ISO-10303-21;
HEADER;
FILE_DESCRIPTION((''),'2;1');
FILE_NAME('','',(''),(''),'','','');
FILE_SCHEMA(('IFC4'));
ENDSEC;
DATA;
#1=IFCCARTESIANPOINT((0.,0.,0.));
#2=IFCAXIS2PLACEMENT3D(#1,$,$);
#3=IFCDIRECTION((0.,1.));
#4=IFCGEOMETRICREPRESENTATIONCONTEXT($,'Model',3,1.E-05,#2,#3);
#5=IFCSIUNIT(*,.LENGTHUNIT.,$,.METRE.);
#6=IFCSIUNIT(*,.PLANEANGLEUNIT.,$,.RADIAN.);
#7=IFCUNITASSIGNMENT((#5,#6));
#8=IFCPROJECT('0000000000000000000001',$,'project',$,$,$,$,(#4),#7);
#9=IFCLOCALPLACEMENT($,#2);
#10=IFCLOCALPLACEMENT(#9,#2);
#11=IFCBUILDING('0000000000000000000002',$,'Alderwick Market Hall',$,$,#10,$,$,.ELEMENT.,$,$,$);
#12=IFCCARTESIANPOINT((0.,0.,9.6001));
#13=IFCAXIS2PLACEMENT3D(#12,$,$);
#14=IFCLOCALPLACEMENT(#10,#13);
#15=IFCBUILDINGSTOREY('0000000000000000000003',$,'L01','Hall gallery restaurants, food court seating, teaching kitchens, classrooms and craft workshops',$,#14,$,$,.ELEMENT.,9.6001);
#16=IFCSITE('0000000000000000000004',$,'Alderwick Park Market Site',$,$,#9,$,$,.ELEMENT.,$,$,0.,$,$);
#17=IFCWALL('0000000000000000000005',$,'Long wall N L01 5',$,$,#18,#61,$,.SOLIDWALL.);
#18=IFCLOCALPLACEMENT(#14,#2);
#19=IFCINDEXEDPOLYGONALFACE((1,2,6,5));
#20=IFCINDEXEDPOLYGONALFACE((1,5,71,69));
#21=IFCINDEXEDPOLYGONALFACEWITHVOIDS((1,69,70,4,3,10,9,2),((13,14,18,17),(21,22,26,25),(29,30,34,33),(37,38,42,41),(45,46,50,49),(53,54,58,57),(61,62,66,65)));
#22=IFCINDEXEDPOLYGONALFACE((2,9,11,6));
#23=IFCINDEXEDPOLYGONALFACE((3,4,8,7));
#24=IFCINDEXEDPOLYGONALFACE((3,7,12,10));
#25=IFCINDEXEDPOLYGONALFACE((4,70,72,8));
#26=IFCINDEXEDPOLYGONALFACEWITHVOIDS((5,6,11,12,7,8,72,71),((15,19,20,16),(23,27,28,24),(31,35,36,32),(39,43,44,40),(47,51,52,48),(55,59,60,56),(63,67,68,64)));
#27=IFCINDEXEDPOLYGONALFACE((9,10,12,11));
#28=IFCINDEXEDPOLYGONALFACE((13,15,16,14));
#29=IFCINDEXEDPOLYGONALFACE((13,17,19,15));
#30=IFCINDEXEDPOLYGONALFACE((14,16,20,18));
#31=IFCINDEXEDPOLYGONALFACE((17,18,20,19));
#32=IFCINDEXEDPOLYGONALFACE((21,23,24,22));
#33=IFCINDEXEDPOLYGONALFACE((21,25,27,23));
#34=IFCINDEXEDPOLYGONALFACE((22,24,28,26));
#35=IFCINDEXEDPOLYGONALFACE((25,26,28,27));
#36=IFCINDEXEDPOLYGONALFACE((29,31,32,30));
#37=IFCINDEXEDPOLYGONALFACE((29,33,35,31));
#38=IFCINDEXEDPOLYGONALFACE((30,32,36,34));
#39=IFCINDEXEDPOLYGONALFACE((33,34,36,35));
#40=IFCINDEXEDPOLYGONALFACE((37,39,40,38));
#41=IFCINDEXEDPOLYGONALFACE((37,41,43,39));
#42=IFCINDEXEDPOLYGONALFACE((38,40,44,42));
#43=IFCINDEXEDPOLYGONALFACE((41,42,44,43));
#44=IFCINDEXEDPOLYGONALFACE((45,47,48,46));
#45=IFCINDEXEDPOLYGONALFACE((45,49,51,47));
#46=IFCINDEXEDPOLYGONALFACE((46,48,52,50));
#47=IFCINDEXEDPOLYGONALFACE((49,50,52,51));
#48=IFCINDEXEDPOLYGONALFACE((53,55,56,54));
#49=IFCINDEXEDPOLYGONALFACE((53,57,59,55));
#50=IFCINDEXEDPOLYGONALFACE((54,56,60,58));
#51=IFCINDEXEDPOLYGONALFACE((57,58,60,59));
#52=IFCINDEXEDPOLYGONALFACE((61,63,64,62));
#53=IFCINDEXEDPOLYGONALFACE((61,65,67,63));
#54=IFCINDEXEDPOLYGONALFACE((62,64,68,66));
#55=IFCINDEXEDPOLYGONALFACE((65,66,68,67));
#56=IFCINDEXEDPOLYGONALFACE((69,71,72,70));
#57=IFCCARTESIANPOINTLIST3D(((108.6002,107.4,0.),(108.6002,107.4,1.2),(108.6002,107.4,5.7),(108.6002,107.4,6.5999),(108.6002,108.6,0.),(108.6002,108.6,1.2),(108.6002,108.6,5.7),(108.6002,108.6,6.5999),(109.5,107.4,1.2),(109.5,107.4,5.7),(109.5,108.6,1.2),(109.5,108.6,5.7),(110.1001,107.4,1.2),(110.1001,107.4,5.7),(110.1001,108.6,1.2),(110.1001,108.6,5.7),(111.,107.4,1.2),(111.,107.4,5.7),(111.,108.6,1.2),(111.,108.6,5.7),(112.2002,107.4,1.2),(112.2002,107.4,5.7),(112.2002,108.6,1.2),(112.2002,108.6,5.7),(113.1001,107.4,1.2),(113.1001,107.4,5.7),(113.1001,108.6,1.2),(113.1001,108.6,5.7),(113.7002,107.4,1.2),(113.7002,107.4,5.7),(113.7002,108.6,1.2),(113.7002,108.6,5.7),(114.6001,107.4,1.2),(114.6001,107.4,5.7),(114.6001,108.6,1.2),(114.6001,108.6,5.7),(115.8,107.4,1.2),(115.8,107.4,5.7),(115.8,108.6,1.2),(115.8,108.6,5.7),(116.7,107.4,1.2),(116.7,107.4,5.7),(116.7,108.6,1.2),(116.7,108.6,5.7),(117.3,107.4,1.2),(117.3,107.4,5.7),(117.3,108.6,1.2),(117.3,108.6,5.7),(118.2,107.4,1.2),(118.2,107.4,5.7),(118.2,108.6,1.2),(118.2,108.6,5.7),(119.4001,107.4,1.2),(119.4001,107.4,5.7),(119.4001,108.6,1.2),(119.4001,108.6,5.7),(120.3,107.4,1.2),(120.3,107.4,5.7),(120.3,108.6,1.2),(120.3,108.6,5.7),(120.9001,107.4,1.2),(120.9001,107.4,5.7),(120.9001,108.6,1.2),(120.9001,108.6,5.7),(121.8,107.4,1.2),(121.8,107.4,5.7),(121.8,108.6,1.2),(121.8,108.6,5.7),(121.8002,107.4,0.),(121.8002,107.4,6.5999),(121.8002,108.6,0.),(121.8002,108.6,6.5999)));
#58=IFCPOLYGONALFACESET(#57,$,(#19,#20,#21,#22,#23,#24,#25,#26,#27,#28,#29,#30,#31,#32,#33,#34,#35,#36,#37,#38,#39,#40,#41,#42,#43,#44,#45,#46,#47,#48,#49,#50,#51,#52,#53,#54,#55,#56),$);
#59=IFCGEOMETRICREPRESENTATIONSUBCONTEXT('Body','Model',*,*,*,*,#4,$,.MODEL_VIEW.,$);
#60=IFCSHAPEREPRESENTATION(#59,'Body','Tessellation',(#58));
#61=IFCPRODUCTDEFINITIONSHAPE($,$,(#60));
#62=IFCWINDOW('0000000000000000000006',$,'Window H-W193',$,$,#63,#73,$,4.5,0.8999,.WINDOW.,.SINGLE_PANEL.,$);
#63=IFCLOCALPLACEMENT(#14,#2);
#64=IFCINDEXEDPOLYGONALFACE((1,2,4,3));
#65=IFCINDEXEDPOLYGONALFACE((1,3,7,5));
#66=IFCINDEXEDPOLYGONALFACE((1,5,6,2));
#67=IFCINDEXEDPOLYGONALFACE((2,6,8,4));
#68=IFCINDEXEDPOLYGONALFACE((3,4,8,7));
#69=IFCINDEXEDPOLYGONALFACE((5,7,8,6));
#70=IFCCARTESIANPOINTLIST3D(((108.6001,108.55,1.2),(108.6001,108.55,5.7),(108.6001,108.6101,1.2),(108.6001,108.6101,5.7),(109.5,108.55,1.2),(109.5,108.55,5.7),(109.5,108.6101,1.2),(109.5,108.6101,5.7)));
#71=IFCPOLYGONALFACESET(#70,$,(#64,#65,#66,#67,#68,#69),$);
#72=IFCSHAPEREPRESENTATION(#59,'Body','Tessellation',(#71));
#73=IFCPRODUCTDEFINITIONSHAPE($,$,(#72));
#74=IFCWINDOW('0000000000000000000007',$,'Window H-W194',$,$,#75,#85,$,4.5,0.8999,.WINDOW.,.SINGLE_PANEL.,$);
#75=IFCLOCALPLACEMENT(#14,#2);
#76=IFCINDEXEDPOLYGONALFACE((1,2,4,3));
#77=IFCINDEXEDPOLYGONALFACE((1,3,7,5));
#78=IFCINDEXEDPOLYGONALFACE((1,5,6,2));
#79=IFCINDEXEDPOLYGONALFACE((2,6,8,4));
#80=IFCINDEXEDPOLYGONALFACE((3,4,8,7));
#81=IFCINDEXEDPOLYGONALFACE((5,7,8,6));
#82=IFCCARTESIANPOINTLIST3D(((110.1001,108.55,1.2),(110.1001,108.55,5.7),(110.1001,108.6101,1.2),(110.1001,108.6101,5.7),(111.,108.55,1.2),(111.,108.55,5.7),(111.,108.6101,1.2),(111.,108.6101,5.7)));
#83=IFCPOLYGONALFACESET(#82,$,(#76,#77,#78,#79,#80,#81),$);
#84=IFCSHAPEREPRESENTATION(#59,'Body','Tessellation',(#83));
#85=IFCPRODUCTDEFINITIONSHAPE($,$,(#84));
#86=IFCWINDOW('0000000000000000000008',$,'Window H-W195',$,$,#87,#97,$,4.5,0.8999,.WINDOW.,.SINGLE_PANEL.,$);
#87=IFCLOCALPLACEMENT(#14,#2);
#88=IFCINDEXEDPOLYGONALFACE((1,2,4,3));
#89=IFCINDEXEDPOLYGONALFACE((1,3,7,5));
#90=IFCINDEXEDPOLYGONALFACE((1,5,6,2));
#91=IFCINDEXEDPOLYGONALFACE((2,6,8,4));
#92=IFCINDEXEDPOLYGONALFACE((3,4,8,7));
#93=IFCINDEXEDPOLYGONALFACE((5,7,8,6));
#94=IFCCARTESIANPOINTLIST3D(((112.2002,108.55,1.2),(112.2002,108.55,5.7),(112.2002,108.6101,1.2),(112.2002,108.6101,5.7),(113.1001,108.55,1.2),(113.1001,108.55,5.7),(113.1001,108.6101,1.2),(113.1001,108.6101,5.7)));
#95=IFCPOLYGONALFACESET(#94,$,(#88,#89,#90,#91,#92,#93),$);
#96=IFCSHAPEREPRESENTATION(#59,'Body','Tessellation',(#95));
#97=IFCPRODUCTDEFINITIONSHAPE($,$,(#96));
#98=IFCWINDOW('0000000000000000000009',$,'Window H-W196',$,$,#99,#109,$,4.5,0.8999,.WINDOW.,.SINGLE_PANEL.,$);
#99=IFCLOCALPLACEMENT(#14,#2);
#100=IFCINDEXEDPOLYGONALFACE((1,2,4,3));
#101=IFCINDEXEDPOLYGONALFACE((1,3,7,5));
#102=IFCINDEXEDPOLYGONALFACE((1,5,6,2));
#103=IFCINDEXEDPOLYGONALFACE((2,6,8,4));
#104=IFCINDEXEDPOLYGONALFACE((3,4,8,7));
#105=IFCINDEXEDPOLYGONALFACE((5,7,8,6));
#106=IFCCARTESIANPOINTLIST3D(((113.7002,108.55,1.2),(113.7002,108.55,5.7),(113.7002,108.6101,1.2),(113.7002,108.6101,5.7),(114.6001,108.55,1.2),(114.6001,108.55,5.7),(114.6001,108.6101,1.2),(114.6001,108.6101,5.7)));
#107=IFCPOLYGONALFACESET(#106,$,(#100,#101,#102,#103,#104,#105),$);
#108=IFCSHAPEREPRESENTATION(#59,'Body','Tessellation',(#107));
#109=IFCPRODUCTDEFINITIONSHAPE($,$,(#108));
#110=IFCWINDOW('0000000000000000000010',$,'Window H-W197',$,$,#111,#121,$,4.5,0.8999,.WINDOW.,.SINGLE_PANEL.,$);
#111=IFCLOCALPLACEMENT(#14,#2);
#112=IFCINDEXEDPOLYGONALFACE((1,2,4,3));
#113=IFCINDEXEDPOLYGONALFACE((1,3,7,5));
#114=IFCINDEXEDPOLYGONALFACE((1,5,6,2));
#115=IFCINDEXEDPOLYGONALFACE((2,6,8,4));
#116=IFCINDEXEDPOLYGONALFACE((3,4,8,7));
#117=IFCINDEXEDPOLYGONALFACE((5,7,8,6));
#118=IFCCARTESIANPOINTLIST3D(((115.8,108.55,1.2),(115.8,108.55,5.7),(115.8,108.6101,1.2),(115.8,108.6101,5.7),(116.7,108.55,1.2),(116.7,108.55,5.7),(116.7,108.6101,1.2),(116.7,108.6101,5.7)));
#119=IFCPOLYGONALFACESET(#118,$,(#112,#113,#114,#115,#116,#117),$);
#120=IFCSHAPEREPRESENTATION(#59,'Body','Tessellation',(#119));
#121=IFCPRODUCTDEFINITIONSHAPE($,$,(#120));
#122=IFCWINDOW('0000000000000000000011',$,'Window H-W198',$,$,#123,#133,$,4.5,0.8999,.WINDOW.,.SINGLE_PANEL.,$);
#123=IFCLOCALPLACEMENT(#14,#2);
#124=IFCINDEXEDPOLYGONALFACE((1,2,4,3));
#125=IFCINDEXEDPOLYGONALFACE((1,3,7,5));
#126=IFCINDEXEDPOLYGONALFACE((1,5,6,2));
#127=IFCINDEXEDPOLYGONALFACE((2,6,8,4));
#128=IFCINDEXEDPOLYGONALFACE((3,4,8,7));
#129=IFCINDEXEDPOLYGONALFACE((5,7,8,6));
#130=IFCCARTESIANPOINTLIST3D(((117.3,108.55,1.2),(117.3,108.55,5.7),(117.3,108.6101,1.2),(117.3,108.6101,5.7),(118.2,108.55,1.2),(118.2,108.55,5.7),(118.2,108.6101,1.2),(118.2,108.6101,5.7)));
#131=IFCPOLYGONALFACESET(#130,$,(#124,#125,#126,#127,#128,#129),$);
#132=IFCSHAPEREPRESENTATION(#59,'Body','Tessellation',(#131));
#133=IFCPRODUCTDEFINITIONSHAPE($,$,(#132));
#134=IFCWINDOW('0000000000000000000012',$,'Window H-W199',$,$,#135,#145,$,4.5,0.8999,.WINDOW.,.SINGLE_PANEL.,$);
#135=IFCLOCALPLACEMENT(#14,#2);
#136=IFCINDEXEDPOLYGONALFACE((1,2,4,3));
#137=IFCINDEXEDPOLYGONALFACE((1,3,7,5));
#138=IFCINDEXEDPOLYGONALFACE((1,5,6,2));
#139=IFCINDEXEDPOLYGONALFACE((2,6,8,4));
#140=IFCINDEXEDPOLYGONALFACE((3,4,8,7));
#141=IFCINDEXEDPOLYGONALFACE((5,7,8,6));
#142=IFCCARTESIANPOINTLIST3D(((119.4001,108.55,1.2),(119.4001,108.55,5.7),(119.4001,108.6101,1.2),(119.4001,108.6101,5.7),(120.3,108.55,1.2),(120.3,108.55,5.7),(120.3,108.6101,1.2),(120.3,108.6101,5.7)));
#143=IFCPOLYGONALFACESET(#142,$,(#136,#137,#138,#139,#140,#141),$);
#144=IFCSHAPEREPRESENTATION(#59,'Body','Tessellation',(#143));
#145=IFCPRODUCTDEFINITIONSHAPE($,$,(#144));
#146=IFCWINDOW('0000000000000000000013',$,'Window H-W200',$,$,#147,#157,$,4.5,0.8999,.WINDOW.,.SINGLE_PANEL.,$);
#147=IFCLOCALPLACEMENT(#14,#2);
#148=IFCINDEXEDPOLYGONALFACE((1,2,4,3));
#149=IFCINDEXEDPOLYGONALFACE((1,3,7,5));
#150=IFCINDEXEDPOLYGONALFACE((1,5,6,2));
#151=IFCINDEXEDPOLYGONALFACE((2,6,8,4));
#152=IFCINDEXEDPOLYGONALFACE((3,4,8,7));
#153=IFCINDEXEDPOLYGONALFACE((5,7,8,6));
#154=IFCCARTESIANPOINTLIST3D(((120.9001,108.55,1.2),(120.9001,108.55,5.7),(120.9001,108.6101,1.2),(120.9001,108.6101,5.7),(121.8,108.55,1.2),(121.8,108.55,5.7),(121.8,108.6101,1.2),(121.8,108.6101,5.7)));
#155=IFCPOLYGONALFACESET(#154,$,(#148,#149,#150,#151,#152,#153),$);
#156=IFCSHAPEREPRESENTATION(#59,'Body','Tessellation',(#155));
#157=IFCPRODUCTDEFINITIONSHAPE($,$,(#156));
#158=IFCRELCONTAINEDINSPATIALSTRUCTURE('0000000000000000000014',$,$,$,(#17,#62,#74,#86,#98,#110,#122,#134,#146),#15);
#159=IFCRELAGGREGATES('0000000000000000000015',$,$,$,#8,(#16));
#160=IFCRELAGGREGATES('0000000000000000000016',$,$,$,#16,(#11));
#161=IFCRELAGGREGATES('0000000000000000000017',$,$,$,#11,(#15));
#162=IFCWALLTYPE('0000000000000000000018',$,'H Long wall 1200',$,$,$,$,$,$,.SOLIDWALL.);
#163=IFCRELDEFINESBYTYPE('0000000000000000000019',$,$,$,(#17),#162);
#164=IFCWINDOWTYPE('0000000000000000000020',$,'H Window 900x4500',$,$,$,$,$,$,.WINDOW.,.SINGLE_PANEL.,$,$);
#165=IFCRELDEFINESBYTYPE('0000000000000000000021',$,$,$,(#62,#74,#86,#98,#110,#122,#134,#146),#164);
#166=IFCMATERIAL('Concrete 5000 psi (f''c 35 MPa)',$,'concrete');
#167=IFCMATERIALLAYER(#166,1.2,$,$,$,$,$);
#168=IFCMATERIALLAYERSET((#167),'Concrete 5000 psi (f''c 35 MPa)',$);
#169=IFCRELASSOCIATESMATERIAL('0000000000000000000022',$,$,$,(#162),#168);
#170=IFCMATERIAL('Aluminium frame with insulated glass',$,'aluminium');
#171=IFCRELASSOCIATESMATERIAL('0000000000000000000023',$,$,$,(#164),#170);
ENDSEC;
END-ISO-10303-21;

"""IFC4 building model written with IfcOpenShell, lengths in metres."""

from ifc_helpers import new_model, si_unit, direction, frame, frame_2d, origin, place, context, subcontext, project, spatial, rectangle, extrude, material, layer, layer_set, type_object, element, fill, save


model = new_model("IFC4")

# Units and contexts
model_context = context("Model", 3, precision=1e-05, world=origin(), true_north=direction((0.0, 1.0)))
body_context = subcontext(model_context, "Body", "Model", "MODEL_VIEW")
ifc_project = project(units=[si_unit("LENGTHUNIT", "METRE"), si_unit("PLANEANGLEUNIT", "RADIAN")], contexts=[model_context])

# Site, building, storey
site_placement = place(None, origin())
site = spatial("IfcSite", under=ifc_project, at=site_placement, Name="Alderwick Park Market Site", CompositionType="ELEMENT", RefElevation=0.0)
building_placement = place(site_placement, origin())
building = spatial("IfcBuilding", under=site, at=building_placement, Name="Alderwick Market Hall", CompositionType="ELEMENT")
storey_placement = place(building_placement, frame((0.0, 0.0, 9.6001)))
storey = spatial("IfcBuildingStorey", under=building, at=storey_placement, Name="L01", Description="Hall gallery restaurants, food court seating, teaching kitchens, classrooms and craft workshops", CompositionType="ELEMENT", Elevation=9.6001)

# Shared definitions
ifc_material_1 = material(Name="Concrete 5000 psi (f'c 35 MPa)", Category="concrete")

# Wall, openings, windows
ifc_layer_1 = layer(ifc_material_1, 1.2)
ifc_layer_set_1 = layer_set([ifc_layer_1], Name="Concrete 5000 psi (f'c 35 MPa)")
wall_type_1 = type_object("IfcWallType", Name="H Long wall 1200", PredefinedType="SOLIDWALL", material=ifc_layer_set_1)
wall_1_placement = place(storey_placement, frame((108.6001, 108.0, 0.0), z_axis=(0.0, 0.0, 1.0), x_axis=(1.0, 0.0, 0.0)))
wall_1 = element("IfcWall", 1, at=wall_1_placement, inside=storey, type_object=wall_type_1, Name="Long wall N L01 5", PredefinedType="SOLIDWALL", context=body_context, shape_type="SweptSolid", body=[
    extrude(rectangle(XDim=13.2, YDim=1.2, at=frame_2d((6.6001, 0.0))), origin(), (0.0, 0.0, 1.0), 6.5999),
])
opening_1_placement = place(wall_1_placement, frame((0.0, 0.0, 1.2)))
opening_1 = element("IfcOpeningElement", 2, at=opening_1_placement, cuts=wall_1, PredefinedType="OPENING", context=body_context, shape_type="SweptSolid", body=[
    extrude(rectangle(XDim=0.8999, YDim=4.5, at=frame_2d((0.45, 2.25))), frame((0.0, 0.6099, 0.0), z_axis=(0.0, -1.0, 0.0), x_axis=(1.0, 0.0, 0.0)), (0.0, 0.0, 1.0), 1.22),
])
opening_2_placement = place(wall_1_placement, frame((1.5, 0.0, 1.2)))
opening_2 = element("IfcOpeningElement", 3, at=opening_2_placement, cuts=wall_1, PredefinedType="OPENING", context=body_context, shape_type="SweptSolid", body=[
    extrude(rectangle(XDim=0.8999, YDim=4.5, at=frame_2d((0.45, 2.25))), frame((0.0, 0.6099, 0.0), z_axis=(0.0, -1.0, 0.0), x_axis=(1.0, 0.0, 0.0)), (0.0, 0.0, 1.0), 1.22),
])
opening_3_placement = place(wall_1_placement, frame((3.6001, 0.0, 1.2)))
opening_3 = element("IfcOpeningElement", 4, at=opening_3_placement, cuts=wall_1, PredefinedType="OPENING", context=body_context, shape_type="SweptSolid", body=[
    extrude(rectangle(XDim=0.8999, YDim=4.5, at=frame_2d((0.45, 2.25))), frame((0.0, 0.6099, 0.0), z_axis=(0.0, -1.0, 0.0), x_axis=(1.0, 0.0, 0.0)), (0.0, 0.0, 1.0), 1.22),
])
opening_4_placement = place(wall_1_placement, frame((5.1001, 0.0, 1.2)))
opening_4 = element("IfcOpeningElement", 5, at=opening_4_placement, cuts=wall_1, PredefinedType="OPENING", context=body_context, shape_type="SweptSolid", body=[
    extrude(rectangle(XDim=0.8999, YDim=4.5, at=frame_2d((0.45, 2.25))), frame((0.0, 0.6099, 0.0), z_axis=(0.0, -1.0, 0.0), x_axis=(1.0, 0.0, 0.0)), (0.0, 0.0, 1.0), 1.22),
])
opening_5_placement = place(wall_1_placement, frame((7.2, 0.0, 1.2)))
opening_5 = element("IfcOpeningElement", 6, at=opening_5_placement, cuts=wall_1, PredefinedType="OPENING", context=body_context, shape_type="SweptSolid", body=[
    extrude(rectangle(XDim=0.8999, YDim=4.5, at=frame_2d((0.45, 2.25))), frame((0.0, 0.6099, 0.0), z_axis=(0.0, -1.0, 0.0), x_axis=(1.0, 0.0, 0.0)), (0.0, 0.0, 1.0), 1.22),
])
opening_6_placement = place(wall_1_placement, frame((8.7, 0.0, 1.2)))
opening_6 = element("IfcOpeningElement", 7, at=opening_6_placement, cuts=wall_1, PredefinedType="OPENING", context=body_context, shape_type="SweptSolid", body=[
    extrude(rectangle(XDim=0.8999, YDim=4.5, at=frame_2d((0.45, 2.25))), frame((0.0, 0.6099, 0.0), z_axis=(0.0, -1.0, 0.0), x_axis=(1.0, 0.0, 0.0)), (0.0, 0.0, 1.0), 1.22),
])
opening_7_placement = place(wall_1_placement, frame((10.8, 0.0, 1.2)))
opening_7 = element("IfcOpeningElement", 8, at=opening_7_placement, cuts=wall_1, PredefinedType="OPENING", context=body_context, shape_type="SweptSolid", body=[
    extrude(rectangle(XDim=0.8999, YDim=4.5, at=frame_2d((0.45, 2.25))), frame((0.0, 0.6099, 0.0), z_axis=(0.0, -1.0, 0.0), x_axis=(1.0, 0.0, 0.0)), (0.0, 0.0, 1.0), 1.22),
])
opening_8_placement = place(wall_1_placement, frame((12.3, 0.0, 1.2)))
opening_8 = element("IfcOpeningElement", 9, at=opening_8_placement, cuts=wall_1, PredefinedType="OPENING", context=body_context, shape_type="SweptSolid", body=[
    extrude(rectangle(XDim=0.8999, YDim=4.5, at=frame_2d((0.45, 2.25))), frame((0.0, 0.6099, 0.0), z_axis=(0.0, -1.0, 0.0), x_axis=(1.0, 0.0, 0.0)), (0.0, 0.0, 1.0), 1.22),
])
ifc_material_2 = material(Name="Aluminium frame with insulated glass", Category="aluminium")
window_type = type_object("IfcWindowType", Name="H Window 900x4500", PartitioningType="SINGLE_PANEL", PredefinedType="WINDOW", material=ifc_material_2)
window_1_placement = place(opening_1_placement, origin())
window_1 = element("IfcWindow", 10, at=window_1_placement, inside=storey, type_object=window_type, Name="Window H-W193", OverallHeight=4.5, OverallWidth=0.8999, PartitioningType="SINGLE_PANEL", PredefinedType="WINDOW", context=body_context, shape_type="SweptSolid", body=[
    extrude(rectangle(XDim=0.8999, YDim=4.5, at=frame_2d((0.45, 2.25))), frame((0.0, 0.6101, 0.0), z_axis=(0.0, -1.0, 0.0), x_axis=(1.0, 0.0, 0.0)), (0.0, 0.0, 1.0), 0.0601),
])
fill(opening_1, window_1)
window_2_placement = place(opening_2_placement, origin())
window_2 = element("IfcWindow", 11, at=window_2_placement, inside=storey, type_object=window_type, Name="Window H-W194", OverallHeight=4.5, OverallWidth=0.8999, PartitioningType="SINGLE_PANEL", PredefinedType="WINDOW", context=body_context, shape_type="SweptSolid", body=[
    extrude(rectangle(XDim=0.8999, YDim=4.5, at=frame_2d((0.45, 2.25))), frame((0.0, 0.6101, 0.0), z_axis=(0.0, -1.0, 0.0), x_axis=(1.0, 0.0, 0.0)), (0.0, 0.0, 1.0), 0.0601),
])
fill(opening_2, window_2)
window_3_placement = place(opening_3_placement, origin())
window_3 = element("IfcWindow", 12, at=window_3_placement, inside=storey, type_object=window_type, Name="Window H-W195", OverallHeight=4.5, OverallWidth=0.8999, PartitioningType="SINGLE_PANEL", PredefinedType="WINDOW", context=body_context, shape_type="SweptSolid", body=[
    extrude(rectangle(XDim=0.8999, YDim=4.5, at=frame_2d((0.45, 2.25))), frame((0.0, 0.6101, 0.0), z_axis=(0.0, -1.0, 0.0), x_axis=(1.0, 0.0, 0.0)), (0.0, 0.0, 1.0), 0.0601),
])
fill(opening_3, window_3)
window_4_placement = place(opening_4_placement, origin())
window_4 = element("IfcWindow", 13, at=window_4_placement, inside=storey, type_object=window_type, Name="Window H-W196", OverallHeight=4.5, OverallWidth=0.8999, PartitioningType="SINGLE_PANEL", PredefinedType="WINDOW", context=body_context, shape_type="SweptSolid", body=[
    extrude(rectangle(XDim=0.8999, YDim=4.5, at=frame_2d((0.45, 2.25))), frame((0.0, 0.6101, 0.0), z_axis=(0.0, -1.0, 0.0), x_axis=(1.0, 0.0, 0.0)), (0.0, 0.0, 1.0), 0.0601),
])
fill(opening_4, window_4)
window_5_placement = place(opening_5_placement, origin())
window_5 = element("IfcWindow", 14, at=window_5_placement, inside=storey, type_object=window_type, Name="Window H-W197", OverallHeight=4.5, OverallWidth=0.8999, PartitioningType="SINGLE_PANEL", PredefinedType="WINDOW", context=body_context, shape_type="SweptSolid", body=[
    extrude(rectangle(XDim=0.8999, YDim=4.5, at=frame_2d((0.45, 2.25))), frame((0.0, 0.6101, 0.0), z_axis=(0.0, -1.0, 0.0), x_axis=(1.0, 0.0, 0.0)), (0.0, 0.0, 1.0), 0.0601),
])
fill(opening_5, window_5)
window_6_placement = place(opening_6_placement, origin())
window_6 = element("IfcWindow", 15, at=window_6_placement, inside=storey, type_object=window_type, Name="Window H-W198", OverallHeight=4.5, OverallWidth=0.8999, PartitioningType="SINGLE_PANEL", PredefinedType="WINDOW", context=body_context, shape_type="SweptSolid", body=[
    extrude(rectangle(XDim=0.8999, YDim=4.5, at=frame_2d((0.45, 2.25))), frame((0.0, 0.6101, 0.0), z_axis=(0.0, -1.0, 0.0), x_axis=(1.0, 0.0, 0.0)), (0.0, 0.0, 1.0), 0.0601),
])
fill(opening_6, window_6)
window_7_placement = place(opening_7_placement, origin())
window_7 = element("IfcWindow", 16, at=window_7_placement, inside=storey, type_object=window_type, Name="Window H-W199", OverallHeight=4.5, OverallWidth=0.8999, PartitioningType="SINGLE_PANEL", PredefinedType="WINDOW", context=body_context, shape_type="SweptSolid", body=[
    extrude(rectangle(XDim=0.8999, YDim=4.5, at=frame_2d((0.45, 2.25))), frame((0.0, 0.6101, 0.0), z_axis=(0.0, -1.0, 0.0), x_axis=(1.0, 0.0, 0.0)), (0.0, 0.0, 1.0), 0.0601),
])
fill(opening_7, window_7)
window_8_placement = place(opening_8_placement, origin())
window_8 = element("IfcWindow", 17, at=window_8_placement, inside=storey, type_object=window_type, Name="Window H-W200", OverallHeight=4.5, OverallWidth=0.8999, PartitioningType="SINGLE_PANEL", PredefinedType="WINDOW", context=body_context, shape_type="SweptSolid", body=[
    extrude(rectangle(XDim=0.8999, YDim=4.5, at=frame_2d((0.45, 2.25))), frame((0.0, 0.6101, 0.0), z_axis=(0.0, -1.0, 0.0), x_axis=(1.0, 0.0, 0.0)), (0.0, 0.0, 1.0), 0.0601),
])
fill(opening_8, window_8)

save(model, "model.ifc")
